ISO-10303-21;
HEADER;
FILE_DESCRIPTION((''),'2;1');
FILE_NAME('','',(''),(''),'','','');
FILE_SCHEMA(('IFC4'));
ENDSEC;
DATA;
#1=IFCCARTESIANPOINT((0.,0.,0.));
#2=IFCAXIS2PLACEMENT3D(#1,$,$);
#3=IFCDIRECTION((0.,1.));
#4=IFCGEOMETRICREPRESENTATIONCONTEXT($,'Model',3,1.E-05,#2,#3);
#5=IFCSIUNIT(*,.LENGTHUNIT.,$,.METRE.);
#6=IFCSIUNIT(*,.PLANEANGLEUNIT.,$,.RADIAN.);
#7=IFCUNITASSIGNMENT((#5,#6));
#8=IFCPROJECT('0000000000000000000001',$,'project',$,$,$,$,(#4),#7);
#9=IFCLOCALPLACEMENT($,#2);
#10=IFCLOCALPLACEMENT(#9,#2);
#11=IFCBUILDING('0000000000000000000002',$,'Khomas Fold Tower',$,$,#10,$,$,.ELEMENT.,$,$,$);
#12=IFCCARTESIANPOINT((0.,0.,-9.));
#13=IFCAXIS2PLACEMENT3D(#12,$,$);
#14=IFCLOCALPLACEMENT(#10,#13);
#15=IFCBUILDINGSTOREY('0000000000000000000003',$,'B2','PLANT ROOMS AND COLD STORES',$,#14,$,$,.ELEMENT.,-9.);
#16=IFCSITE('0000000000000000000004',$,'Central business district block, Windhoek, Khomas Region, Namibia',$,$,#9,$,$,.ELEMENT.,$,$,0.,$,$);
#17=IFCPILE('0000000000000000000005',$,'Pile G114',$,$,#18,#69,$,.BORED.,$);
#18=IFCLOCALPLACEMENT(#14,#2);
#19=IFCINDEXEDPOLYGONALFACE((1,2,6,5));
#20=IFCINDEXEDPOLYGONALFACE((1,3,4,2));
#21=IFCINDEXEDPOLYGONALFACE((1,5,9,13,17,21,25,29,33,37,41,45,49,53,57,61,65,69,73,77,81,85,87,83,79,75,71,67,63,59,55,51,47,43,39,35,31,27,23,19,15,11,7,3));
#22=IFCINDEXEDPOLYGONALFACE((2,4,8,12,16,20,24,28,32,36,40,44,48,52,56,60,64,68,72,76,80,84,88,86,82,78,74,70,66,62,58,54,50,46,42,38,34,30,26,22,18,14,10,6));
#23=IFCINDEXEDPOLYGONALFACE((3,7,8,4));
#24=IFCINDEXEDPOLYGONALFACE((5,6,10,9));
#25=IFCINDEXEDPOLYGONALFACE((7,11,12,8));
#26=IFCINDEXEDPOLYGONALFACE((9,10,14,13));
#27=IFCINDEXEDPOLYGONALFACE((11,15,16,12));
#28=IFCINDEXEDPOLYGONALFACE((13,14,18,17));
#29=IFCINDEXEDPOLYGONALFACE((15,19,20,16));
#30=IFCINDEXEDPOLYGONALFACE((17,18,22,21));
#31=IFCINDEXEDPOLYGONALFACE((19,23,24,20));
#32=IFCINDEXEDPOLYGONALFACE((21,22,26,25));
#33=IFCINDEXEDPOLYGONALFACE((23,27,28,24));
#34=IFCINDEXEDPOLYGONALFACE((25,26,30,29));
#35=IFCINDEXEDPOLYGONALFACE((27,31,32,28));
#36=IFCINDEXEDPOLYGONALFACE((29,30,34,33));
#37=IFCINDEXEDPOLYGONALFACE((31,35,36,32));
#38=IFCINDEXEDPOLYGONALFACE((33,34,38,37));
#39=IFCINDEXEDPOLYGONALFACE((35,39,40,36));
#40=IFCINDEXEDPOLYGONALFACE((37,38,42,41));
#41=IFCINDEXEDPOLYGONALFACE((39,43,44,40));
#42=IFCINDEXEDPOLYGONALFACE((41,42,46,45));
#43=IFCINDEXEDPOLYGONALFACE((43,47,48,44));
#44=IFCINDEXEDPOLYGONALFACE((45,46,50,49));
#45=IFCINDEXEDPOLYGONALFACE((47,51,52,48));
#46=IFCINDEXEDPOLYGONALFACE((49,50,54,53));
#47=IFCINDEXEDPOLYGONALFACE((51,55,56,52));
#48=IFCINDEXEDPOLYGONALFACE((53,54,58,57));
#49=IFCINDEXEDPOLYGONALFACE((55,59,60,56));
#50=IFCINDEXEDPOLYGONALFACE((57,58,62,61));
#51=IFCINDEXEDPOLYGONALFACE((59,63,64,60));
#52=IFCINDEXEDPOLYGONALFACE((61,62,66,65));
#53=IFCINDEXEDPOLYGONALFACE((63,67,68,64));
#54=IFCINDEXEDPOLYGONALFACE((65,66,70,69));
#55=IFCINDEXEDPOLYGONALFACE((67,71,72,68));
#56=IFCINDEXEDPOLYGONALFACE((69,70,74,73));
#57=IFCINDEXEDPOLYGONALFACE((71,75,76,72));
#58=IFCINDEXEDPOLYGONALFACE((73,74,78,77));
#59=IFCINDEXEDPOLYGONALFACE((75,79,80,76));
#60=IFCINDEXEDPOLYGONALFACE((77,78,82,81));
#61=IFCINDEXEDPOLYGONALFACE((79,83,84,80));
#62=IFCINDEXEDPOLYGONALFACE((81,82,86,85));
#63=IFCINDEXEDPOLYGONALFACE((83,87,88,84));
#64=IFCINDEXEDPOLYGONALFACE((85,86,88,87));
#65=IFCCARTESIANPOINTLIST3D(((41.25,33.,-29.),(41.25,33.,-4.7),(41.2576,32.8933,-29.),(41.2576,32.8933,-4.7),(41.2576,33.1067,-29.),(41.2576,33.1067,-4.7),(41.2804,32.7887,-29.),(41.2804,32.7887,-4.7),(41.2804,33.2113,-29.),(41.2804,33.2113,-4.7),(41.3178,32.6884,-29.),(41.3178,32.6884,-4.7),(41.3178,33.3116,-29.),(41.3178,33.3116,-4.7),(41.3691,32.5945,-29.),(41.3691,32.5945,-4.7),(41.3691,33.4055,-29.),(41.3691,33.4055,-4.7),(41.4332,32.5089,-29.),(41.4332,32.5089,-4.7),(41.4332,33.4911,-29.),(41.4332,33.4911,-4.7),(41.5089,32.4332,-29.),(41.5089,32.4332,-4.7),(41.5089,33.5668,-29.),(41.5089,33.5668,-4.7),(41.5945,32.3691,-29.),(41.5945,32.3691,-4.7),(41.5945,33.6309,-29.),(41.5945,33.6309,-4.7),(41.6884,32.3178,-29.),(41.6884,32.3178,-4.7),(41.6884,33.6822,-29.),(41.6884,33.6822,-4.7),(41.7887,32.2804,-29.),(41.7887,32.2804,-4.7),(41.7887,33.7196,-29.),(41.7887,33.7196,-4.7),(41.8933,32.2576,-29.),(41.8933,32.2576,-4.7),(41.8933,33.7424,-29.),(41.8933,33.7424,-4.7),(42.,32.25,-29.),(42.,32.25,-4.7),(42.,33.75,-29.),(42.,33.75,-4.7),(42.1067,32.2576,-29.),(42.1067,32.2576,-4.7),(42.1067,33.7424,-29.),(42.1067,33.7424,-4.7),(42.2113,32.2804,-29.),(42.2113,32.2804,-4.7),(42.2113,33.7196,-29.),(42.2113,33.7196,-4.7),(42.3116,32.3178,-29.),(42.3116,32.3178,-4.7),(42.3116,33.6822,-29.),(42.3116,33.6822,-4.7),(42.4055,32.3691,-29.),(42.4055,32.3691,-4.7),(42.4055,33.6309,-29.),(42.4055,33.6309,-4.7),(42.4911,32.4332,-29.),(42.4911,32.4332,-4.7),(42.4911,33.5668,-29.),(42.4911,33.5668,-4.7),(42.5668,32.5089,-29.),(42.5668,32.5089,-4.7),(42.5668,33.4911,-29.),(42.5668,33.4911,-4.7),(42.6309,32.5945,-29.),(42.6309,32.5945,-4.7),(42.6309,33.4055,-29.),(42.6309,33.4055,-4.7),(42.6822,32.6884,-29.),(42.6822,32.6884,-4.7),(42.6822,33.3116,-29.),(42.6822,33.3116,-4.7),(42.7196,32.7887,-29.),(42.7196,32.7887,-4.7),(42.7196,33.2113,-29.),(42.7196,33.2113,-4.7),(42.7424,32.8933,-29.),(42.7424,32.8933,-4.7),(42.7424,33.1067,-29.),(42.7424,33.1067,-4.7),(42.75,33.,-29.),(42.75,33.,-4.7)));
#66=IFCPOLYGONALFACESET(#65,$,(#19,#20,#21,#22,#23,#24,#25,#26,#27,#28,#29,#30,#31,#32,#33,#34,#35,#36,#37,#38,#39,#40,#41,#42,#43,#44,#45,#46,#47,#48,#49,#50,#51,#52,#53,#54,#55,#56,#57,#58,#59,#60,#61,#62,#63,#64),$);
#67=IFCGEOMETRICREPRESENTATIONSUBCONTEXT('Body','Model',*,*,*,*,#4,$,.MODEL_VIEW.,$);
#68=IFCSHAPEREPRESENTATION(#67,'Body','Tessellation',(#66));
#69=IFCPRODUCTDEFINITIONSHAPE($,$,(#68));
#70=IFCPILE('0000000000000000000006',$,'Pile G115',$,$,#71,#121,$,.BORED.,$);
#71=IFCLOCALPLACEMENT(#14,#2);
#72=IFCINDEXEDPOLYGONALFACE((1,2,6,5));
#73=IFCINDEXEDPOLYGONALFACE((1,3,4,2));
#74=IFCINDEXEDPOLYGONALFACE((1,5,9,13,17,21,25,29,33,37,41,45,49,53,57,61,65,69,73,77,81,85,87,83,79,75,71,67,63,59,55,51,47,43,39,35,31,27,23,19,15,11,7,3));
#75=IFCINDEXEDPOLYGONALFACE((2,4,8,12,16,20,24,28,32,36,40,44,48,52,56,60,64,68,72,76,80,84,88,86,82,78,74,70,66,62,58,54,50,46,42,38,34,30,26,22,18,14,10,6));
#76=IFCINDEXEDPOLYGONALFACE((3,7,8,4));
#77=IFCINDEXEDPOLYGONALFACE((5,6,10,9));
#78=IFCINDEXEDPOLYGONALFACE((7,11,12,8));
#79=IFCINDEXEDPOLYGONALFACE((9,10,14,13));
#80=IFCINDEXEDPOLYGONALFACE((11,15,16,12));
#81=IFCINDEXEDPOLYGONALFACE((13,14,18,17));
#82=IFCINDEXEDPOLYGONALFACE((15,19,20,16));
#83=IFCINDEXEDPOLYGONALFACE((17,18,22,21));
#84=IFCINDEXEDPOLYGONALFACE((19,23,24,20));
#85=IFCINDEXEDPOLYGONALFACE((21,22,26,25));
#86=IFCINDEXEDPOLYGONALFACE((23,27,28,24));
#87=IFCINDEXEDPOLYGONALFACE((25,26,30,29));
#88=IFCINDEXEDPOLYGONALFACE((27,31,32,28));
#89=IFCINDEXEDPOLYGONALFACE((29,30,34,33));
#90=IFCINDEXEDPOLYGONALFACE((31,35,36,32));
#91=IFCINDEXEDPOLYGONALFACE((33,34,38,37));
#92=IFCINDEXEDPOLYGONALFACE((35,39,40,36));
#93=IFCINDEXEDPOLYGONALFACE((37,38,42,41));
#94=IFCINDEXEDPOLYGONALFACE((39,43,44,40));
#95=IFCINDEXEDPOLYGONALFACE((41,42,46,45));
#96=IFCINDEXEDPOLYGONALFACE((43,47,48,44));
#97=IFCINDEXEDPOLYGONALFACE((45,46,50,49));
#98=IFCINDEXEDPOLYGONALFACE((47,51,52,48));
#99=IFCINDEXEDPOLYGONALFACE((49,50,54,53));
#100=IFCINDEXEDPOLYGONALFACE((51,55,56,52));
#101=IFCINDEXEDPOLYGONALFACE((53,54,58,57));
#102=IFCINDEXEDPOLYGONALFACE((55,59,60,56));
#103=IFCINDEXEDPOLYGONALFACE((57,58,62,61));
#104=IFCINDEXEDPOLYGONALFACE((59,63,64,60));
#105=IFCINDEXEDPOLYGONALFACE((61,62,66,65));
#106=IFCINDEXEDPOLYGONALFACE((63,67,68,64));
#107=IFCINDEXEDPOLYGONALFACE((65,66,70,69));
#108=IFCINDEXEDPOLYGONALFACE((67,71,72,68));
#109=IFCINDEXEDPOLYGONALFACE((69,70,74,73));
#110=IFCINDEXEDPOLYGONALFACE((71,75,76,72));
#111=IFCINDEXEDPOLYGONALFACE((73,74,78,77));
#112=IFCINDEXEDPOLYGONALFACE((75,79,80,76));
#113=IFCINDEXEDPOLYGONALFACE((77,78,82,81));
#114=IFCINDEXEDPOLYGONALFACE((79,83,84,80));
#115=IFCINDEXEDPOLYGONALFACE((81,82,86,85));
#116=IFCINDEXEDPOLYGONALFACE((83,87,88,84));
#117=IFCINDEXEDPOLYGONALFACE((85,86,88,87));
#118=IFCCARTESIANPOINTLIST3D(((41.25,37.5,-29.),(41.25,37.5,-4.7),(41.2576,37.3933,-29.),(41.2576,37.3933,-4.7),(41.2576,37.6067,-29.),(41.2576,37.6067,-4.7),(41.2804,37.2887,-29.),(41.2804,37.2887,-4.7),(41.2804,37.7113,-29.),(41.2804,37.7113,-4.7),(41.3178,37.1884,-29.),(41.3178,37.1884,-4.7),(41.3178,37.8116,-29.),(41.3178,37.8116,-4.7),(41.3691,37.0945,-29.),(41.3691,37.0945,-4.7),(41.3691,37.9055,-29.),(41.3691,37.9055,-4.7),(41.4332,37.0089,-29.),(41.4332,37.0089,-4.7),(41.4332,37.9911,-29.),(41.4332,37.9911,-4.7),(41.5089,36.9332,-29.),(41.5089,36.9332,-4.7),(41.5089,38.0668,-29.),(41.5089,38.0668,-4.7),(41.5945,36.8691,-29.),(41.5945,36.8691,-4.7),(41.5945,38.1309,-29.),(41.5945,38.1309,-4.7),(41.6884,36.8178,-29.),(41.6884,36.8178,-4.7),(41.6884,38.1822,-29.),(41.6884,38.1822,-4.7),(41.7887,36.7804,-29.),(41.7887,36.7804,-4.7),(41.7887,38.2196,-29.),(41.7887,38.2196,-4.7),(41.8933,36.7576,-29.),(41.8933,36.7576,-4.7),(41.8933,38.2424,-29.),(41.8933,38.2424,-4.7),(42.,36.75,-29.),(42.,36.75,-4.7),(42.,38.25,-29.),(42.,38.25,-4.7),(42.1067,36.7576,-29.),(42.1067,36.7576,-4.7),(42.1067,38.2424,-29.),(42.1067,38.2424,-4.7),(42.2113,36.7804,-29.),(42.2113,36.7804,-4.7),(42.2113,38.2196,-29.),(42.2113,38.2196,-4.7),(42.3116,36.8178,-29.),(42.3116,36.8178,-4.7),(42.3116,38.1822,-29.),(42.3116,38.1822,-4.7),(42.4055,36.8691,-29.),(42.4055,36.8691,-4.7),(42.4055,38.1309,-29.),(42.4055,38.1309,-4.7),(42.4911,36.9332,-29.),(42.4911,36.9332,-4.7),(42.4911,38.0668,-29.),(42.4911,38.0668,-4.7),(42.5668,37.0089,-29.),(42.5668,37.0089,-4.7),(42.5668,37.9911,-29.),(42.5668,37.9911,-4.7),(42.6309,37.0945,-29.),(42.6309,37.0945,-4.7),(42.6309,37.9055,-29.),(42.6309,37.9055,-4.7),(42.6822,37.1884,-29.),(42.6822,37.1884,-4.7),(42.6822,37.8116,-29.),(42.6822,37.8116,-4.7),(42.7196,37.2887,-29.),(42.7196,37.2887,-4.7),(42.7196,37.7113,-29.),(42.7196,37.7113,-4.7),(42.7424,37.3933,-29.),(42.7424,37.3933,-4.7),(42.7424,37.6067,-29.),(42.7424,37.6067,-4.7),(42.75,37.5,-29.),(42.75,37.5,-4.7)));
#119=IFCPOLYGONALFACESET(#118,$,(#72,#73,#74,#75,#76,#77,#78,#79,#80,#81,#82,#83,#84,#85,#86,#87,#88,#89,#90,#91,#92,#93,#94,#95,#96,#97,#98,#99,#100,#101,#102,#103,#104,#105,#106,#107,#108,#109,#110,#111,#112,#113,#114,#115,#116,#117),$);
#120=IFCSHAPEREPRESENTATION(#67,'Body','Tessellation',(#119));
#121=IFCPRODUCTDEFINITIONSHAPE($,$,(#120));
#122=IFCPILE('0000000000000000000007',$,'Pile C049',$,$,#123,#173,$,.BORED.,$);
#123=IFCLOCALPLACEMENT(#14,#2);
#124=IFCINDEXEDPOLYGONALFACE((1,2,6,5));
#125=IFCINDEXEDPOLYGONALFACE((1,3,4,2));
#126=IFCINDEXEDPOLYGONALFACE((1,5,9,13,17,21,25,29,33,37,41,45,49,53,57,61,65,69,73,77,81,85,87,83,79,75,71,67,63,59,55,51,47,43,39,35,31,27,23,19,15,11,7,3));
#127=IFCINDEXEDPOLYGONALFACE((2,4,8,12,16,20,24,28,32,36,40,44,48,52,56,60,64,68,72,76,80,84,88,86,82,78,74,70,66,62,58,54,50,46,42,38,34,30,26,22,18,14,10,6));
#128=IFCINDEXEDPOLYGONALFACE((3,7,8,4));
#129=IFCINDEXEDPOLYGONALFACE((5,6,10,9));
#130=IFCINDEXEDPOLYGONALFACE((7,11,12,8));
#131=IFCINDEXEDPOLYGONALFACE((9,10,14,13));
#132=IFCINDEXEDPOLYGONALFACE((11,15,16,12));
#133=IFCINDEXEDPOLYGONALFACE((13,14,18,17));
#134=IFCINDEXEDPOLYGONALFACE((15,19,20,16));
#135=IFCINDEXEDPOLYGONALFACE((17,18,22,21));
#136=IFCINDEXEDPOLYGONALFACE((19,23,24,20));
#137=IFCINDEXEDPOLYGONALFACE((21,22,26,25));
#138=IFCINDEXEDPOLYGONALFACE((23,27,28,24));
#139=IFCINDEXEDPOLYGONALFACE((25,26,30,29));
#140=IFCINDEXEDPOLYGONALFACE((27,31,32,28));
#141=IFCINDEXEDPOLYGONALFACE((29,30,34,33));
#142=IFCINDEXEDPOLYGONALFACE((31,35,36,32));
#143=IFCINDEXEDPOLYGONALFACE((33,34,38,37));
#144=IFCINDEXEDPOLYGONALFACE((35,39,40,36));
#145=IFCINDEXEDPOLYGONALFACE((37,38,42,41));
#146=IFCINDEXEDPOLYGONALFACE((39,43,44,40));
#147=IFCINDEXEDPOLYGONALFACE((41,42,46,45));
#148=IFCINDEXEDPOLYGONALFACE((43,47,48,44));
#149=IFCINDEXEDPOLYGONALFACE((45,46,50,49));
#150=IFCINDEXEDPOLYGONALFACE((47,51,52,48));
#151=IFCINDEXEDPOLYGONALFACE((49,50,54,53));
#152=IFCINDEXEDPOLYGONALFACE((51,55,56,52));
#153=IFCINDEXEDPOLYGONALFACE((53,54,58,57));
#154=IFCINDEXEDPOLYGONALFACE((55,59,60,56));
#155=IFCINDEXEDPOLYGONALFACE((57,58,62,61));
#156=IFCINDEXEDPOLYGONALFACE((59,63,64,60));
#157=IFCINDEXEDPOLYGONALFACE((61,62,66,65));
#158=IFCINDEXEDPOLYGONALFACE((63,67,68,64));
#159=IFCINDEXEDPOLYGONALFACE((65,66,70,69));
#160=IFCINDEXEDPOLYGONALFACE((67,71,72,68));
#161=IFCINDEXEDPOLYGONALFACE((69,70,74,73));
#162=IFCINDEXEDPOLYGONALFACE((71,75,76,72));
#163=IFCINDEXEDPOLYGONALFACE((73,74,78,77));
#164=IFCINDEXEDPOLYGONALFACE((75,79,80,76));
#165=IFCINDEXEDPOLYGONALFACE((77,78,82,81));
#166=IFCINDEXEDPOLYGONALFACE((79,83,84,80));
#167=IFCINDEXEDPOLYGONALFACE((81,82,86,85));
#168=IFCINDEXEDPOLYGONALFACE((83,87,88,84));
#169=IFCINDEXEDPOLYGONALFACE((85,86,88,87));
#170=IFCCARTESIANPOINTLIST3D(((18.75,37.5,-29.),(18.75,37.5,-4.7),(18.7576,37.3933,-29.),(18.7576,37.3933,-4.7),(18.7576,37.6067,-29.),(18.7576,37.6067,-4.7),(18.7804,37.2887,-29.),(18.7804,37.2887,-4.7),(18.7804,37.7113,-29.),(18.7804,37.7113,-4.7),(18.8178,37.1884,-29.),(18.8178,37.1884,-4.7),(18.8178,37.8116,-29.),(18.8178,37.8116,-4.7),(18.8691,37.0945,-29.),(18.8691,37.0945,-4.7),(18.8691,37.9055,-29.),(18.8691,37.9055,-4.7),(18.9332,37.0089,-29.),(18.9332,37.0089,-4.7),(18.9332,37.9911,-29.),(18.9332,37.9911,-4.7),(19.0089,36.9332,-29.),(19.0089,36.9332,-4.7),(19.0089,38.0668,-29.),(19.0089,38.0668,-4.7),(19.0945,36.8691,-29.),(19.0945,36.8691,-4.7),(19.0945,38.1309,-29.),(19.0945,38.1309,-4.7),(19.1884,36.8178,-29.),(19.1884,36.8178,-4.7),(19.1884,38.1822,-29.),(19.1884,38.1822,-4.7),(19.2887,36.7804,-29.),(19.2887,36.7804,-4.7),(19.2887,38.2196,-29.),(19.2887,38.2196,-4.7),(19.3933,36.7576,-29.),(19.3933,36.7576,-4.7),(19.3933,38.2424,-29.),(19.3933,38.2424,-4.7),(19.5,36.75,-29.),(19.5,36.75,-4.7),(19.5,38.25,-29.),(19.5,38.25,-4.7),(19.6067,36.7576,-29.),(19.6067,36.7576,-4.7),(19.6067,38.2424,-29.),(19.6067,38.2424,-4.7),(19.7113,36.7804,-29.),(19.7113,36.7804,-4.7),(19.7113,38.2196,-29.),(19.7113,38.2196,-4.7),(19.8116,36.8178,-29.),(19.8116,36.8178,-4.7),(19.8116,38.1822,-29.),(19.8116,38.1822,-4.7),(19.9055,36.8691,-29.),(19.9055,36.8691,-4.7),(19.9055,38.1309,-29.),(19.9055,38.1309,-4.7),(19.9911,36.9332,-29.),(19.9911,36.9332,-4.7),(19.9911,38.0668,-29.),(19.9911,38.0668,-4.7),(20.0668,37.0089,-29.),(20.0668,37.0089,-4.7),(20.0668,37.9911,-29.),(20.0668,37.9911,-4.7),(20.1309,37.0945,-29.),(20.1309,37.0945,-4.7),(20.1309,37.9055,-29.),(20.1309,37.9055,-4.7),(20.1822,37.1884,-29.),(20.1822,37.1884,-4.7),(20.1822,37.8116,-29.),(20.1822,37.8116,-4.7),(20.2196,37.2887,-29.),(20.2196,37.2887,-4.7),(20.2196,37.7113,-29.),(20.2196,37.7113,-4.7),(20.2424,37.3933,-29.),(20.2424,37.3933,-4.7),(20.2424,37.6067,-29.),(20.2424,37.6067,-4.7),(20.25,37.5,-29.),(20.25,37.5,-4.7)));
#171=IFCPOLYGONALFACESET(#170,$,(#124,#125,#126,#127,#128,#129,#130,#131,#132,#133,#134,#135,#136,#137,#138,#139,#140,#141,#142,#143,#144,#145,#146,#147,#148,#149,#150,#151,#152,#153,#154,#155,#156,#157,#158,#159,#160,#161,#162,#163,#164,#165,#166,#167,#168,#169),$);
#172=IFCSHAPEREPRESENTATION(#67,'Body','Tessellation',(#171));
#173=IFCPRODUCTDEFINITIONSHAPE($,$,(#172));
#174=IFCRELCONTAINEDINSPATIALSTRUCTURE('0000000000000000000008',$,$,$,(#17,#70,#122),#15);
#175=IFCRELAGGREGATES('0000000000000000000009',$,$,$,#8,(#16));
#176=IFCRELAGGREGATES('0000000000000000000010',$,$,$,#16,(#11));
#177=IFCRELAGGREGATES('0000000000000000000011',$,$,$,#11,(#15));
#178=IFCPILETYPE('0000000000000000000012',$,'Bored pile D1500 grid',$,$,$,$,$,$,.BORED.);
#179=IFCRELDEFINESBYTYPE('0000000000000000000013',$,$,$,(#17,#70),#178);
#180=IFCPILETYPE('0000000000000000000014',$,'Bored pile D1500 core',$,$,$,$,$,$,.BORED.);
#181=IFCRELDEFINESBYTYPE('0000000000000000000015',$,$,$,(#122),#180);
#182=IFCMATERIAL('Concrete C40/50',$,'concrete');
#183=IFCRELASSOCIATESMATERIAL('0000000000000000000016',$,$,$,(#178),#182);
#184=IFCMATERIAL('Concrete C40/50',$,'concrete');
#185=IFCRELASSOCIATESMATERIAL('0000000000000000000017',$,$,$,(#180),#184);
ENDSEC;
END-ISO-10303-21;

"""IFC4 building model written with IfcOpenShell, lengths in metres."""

from ifc_helpers import new_model, si_unit, direction, frame, origin, origin_2d, place, context, subcontext, project, spatial, circle, extrude, source, transform, mapped, material, material_profile, profile_set, type_object, element, save


model = new_model("IFC4")

# Units and contexts
model_context = context("Model", 3, precision=1e-05, world=origin(), true_north=direction((0.0, 1.0)))
body_context = subcontext(model_context, "Body", "Model", "MODEL_VIEW")
ifc_project = project(units=[si_unit("LENGTHUNIT", "METRE"), si_unit("PLANEANGLEUNIT", "RADIAN")], contexts=[model_context])

# Site, building, storey
site_placement = place(None, origin())
site = spatial("IfcSite", under=ifc_project, at=site_placement, Name="Central business district block, Windhoek, Khomas Region, Namibia", CompositionType="ELEMENT", RefElevation=0.0)
building_placement = place(site_placement, origin())
building = spatial("IfcBuilding", under=site, at=building_placement, Name="Khomas Fold Tower", CompositionType="ELEMENT")
storey_placement = place(building_placement, frame((0.0, 0.0, -9.0)))
storey = spatial("IfcBuildingStorey", under=building, at=storey_placement, Name="B2", Description="PLANT ROOMS AND COLD STORES", CompositionType="ELEMENT", Elevation=-9.0)

# Piles
ifc_material_1 = material(Name="Concrete C40/50", Category="concrete")
ifc_material_profile_1 = material_profile(ifc_material_1, circle(Radius=0.75, at=origin_2d()), Name="PILE D1500")
ifc_profile_set_1 = profile_set([ifc_material_profile_1], Name="Concrete C40/50")
pile_type_1 = type_object("IfcPileType", Name="Bored pile D1500 grid", PredefinedType="BORED", material=ifc_profile_set_1)
shared_shape_1 = source(origin(), body_context, "Body", "SweptSolid", [
    extrude(circle(Radius=0.75, at=origin_2d()), origin(), (0.0, 0.0, 1.0), 24.3),
])
for number, where, z_axis, x_axis, name in (
    (1, (42.0, 33.0, -4.7), (0.0, 0.0, -1.0), (1.0, 0.0, 0.0), "Pile G114"),
    (2, (42.0, 37.5, -4.7), (0.0, 0.0, -1.0), (1.0, 0.0, 0.0), "Pile G115"),
):
    element("IfcPile", number, at=place(storey_placement, frame(where, z_axis=z_axis, x_axis=x_axis)), inside=storey, type_object=pile_type_1, Name=name, PredefinedType="BORED", context=body_context, shape_type="MappedRepresentation", body=[
        mapped(shared_shape_1, transform((0.0, 0.0, 0.0))),
    ])
ifc_material_2 = material(Name="Concrete C40/50", Category="concrete")
ifc_material_profile_2 = material_profile(ifc_material_2, circle(Radius=0.75, at=origin_2d()), Name="PILE D1500")
ifc_profile_set_2 = profile_set([ifc_material_profile_2], Name="Concrete C40/50")
pile_type_2 = type_object("IfcPileType", Name="Bored pile D1500 core", PredefinedType="BORED", material=ifc_profile_set_2)
shared_shape_2 = source(origin(), body_context, "Body", "SweptSolid", [
    extrude(circle(Radius=0.75, at=origin_2d()), origin(), (0.0, 0.0, 1.0), 24.3),
])
for number, where, z_axis, x_axis, name in (
    (3, (19.5, 37.5, -4.7), (0.0, 0.0, -1.0), (1.0, 0.0, 0.0), "Pile C049"),
):
    element("IfcPile", number, at=place(storey_placement, frame(where, z_axis=z_axis, x_axis=x_axis)), inside=storey, type_object=pile_type_2, Name=name, PredefinedType="BORED", context=body_context, shape_type="MappedRepresentation", body=[
        mapped(shared_shape_2, transform((0.0, 0.0, 0.0))),
    ])

save(model, "model.ifc")
